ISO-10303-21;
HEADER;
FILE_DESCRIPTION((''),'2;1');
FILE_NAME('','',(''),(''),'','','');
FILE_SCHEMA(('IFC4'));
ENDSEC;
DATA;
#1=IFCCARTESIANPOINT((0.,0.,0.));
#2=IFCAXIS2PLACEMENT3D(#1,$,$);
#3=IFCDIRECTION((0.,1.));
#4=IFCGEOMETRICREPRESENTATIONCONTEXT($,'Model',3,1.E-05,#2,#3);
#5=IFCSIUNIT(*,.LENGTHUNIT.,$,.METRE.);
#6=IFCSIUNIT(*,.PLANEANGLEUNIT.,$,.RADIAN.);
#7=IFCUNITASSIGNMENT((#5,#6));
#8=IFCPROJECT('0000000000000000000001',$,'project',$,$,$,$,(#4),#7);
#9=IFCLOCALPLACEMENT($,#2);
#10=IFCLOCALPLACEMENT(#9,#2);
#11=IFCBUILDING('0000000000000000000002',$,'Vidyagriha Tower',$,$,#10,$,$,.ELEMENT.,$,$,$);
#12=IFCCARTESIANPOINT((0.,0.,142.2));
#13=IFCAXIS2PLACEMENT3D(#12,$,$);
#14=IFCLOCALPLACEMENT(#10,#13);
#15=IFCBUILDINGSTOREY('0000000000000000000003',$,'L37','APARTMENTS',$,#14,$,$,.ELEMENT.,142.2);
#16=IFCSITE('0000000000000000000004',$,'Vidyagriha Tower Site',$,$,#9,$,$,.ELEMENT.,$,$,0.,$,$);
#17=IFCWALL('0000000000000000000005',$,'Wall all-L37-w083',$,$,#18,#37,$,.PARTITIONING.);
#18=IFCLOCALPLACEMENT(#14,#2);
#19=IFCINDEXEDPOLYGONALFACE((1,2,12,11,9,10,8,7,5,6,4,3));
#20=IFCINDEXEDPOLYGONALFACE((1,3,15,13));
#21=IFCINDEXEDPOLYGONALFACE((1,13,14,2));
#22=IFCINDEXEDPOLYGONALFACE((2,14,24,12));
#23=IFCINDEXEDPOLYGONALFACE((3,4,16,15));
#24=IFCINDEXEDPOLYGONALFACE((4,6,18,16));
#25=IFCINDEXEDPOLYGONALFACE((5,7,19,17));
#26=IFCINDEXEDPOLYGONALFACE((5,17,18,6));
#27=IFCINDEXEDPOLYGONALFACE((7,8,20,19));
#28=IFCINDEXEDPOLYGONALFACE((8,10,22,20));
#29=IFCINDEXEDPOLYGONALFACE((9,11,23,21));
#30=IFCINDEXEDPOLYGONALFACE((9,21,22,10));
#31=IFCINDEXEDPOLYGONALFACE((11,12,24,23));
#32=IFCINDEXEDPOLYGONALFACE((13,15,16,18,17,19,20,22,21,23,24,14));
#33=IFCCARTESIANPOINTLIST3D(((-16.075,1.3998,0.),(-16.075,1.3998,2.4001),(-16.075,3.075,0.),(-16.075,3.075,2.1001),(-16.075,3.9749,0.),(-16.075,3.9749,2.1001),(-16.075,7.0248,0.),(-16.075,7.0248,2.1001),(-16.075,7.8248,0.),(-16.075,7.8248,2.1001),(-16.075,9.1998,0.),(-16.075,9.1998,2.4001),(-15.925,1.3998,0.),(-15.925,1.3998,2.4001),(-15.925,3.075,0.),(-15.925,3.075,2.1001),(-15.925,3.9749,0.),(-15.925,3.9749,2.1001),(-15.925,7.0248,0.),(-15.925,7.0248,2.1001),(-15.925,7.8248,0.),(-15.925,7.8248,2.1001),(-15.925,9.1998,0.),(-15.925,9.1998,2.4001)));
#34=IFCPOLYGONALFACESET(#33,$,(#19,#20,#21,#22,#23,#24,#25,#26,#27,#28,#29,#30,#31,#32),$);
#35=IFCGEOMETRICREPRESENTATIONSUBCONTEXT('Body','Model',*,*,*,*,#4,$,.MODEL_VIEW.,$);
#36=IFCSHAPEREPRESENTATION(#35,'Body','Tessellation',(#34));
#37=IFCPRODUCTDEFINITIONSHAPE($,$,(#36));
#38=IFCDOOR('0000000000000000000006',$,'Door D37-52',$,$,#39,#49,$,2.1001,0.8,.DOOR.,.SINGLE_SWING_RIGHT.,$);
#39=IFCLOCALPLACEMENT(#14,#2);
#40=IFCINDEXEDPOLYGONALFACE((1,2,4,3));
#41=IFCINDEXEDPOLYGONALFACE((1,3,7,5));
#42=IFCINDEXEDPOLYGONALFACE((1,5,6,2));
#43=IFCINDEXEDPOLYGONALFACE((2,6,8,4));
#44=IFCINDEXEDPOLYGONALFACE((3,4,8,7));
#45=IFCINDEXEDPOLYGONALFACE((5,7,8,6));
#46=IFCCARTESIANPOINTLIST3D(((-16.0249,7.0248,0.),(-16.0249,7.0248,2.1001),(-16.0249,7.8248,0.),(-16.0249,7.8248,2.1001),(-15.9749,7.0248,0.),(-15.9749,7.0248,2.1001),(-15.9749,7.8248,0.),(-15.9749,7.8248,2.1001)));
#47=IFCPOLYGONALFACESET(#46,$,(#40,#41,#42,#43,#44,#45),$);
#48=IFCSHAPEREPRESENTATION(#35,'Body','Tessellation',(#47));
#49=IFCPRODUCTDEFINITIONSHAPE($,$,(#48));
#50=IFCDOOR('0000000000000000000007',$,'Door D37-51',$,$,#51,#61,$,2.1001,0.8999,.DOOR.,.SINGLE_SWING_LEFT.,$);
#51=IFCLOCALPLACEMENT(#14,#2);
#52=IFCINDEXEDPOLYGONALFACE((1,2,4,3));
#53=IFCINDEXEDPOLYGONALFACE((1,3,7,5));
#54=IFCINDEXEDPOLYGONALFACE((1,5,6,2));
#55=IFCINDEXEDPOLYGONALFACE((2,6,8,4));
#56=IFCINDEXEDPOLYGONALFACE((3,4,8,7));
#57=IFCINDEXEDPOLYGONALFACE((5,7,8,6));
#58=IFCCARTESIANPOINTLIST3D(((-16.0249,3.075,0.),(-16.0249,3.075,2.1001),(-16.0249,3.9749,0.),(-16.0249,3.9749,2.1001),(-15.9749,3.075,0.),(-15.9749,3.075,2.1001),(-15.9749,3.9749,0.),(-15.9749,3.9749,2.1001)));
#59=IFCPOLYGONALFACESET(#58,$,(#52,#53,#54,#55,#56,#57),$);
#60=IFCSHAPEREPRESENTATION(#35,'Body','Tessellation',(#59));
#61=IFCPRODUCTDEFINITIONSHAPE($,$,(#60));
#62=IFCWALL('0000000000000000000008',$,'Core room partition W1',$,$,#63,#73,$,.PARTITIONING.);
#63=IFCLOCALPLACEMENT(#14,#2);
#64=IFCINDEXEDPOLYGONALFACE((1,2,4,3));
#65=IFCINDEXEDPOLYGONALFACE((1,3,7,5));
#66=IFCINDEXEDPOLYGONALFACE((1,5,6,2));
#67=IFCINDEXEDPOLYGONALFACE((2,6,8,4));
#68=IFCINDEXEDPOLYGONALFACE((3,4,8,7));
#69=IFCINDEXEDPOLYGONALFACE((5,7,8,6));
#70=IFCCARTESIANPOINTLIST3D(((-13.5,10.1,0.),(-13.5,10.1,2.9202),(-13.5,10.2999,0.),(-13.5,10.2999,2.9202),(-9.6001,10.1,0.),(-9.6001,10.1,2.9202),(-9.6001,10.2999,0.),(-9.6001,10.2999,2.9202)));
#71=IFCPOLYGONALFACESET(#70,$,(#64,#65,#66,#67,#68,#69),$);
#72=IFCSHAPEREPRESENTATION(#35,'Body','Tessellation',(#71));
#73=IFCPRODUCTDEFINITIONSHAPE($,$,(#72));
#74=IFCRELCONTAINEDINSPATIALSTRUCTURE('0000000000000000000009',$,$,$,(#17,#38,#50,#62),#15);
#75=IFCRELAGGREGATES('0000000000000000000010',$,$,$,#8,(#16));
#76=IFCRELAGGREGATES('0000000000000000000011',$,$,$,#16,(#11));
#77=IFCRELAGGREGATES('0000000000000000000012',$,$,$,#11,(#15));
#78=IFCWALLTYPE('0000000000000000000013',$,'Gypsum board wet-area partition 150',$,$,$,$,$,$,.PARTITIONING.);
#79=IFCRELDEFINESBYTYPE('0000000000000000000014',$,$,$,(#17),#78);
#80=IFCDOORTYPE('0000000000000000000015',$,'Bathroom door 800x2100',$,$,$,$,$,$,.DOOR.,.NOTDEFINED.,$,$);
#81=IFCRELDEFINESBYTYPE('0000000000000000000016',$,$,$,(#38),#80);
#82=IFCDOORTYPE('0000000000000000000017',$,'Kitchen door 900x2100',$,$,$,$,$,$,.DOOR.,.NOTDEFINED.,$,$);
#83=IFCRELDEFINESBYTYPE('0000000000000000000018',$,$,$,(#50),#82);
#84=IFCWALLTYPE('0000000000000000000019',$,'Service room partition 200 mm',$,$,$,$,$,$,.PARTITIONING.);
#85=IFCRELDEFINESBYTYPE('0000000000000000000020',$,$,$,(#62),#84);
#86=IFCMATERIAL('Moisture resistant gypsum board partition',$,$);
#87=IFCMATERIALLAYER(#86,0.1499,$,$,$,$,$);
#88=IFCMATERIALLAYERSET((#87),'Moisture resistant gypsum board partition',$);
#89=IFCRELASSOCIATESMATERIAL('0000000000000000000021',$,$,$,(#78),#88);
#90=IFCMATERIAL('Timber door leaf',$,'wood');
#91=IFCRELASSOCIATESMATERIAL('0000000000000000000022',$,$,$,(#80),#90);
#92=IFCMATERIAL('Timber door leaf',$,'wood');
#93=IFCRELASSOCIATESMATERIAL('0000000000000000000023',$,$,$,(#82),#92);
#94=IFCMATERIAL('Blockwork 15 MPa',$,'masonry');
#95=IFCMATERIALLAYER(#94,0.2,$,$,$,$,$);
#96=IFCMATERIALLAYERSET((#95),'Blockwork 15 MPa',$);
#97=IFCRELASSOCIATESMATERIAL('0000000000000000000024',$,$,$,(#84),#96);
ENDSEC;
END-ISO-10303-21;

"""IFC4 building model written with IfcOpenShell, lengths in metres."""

from ifc_helpers import new_model, si_unit, direction, frame, frame_2d, origin, place, context, subcontext, project, spatial, rectangle, extrude, material, layer, layer_set, type_object, element, fill, save


model = new_model("IFC4")

# Units and contexts
model_context = context("Model", 3, precision=1e-05, world=origin(), true_north=direction((0.0, 1.0)))
body_context = subcontext(model_context, "Body", "Model", "MODEL_VIEW")
ifc_project = project(units=[si_unit("LENGTHUNIT", "METRE"), si_unit("PLANEANGLEUNIT", "RADIAN")], contexts=[model_context])

# Site, building, storey
site_placement = place(None, origin())
site = spatial("IfcSite", under=ifc_project, at=site_placement, Name="Vidyagriha Tower Site", CompositionType="ELEMENT", RefElevation=0.0)
building_placement = place(site_placement, origin())
building = spatial("IfcBuilding", under=site, at=building_placement, Name="Vidyagriha Tower", CompositionType="ELEMENT")
storey_placement = place(building_placement, frame((0.0, 0.0, 142.2)))
storey = spatial("IfcBuildingStorey", under=building, at=storey_placement, Name="L37", Description="APARTMENTS", CompositionType="ELEMENT", Elevation=142.2)

# Wall, openings, doors
ifc_material_1 = material(Name="Moisture resistant gypsum board partition")
ifc_layer_1 = layer(ifc_material_1, 0.1499)
ifc_layer_set_1 = layer_set([ifc_layer_1], Name="Moisture resistant gypsum board partition")
wall_type_1 = type_object("IfcWallType", Name="Gypsum board wet-area partition 150", PredefinedType="PARTITIONING", material=ifc_layer_set_1)
wall_1_placement = place(storey_placement, frame((-16.0, 1.3999, 0.0), z_axis=(0.0, 0.0, 1.0), x_axis=(0.0, 1.0, 0.0)))
wall_1 = element("IfcWall", 1, at=wall_1_placement, inside=storey, type_object=wall_type_1, Name="Wall all-L37-w083", PredefinedType="PARTITIONING", context=body_context, shape_type="SweptSolid", body=[
    extrude(rectangle(XDim=7.8, YDim=0.1499, at=frame_2d((3.8999, 0.0))), origin(), (0.0, 0.0, 1.0), 2.4001),
])
opening_1_placement = place(wall_1_placement, frame((1.675, 0.0, 0.0)))
opening_1 = element("IfcOpeningElement", 2, at=opening_1_placement, cuts=wall_1, PredefinedType="OPENING", context=body_context, shape_type="SweptSolid", body=[
    extrude(rectangle(XDim=0.8999, YDim=2.1001, at=frame_2d((0.45, 1.05))), frame((0.0, 0.085, 0.0), z_axis=(0.0, -1.0, 0.0), x_axis=(1.0, 0.0, 0.0)), (0.0, 0.0, 1.0), 0.1699),
])
opening_2_placement = place(wall_1_placement, frame((5.625, 0.0, 0.0)))
opening_2 = element("IfcOpeningElement", 3, at=opening_2_placement, cuts=wall_1, PredefinedType="OPENING", context=body_context, shape_type="SweptSolid", body=[
    extrude(rectangle(XDim=0.8, YDim=2.1001, at=frame_2d((0.3999, 1.05))), frame((0.0, 0.085, 0.0), z_axis=(0.0, -1.0, 0.0), x_axis=(1.0, 0.0, 0.0)), (0.0, 0.0, 1.0), 0.1699),
])
ifc_material_2 = material(Name="Timber door leaf", Category="wood")
door_type_1 = type_object("IfcDoorType", Name="Bathroom door 800x2100", OperationType="NOTDEFINED", PredefinedType="DOOR", material=ifc_material_2)
door_1_placement = place(opening_2_placement, origin())
door_1 = element("IfcDoor", 4, at=door_1_placement, inside=storey, type_object=door_type_1, Name="Door D37-52", OperationType="SINGLE_SWING_RIGHT", OverallHeight=2.1001, OverallWidth=0.8, PredefinedType="DOOR", context=body_context, shape_type="SweptSolid", body=[
    extrude(rectangle(XDim=0.8, YDim=2.1001, at=frame_2d((0.3999, 1.05))), frame((0.0, 0.0249, 0.0), z_axis=(0.0, -1.0, 0.0), x_axis=(1.0, 0.0, 0.0)), (0.0, 0.0, 1.0), 0.05),
])
fill(opening_2, door_1)
ifc_material_3 = material(Name="Timber door leaf", Category="wood")
door_type_2 = type_object("IfcDoorType", Name="Kitchen door 900x2100", OperationType="NOTDEFINED", PredefinedType="DOOR", material=ifc_material_3)
door_2_placement = place(opening_1_placement, origin())
door_2 = element("IfcDoor", 5, at=door_2_placement, inside=storey, type_object=door_type_2, Name="Door D37-51", OperationType="SINGLE_SWING_LEFT", OverallHeight=2.1001, OverallWidth=0.8999, PredefinedType="DOOR", context=body_context, shape_type="SweptSolid", body=[
    extrude(rectangle(XDim=0.8999, YDim=2.1001, at=frame_2d((0.45, 1.05))), frame((0.0, 0.0249, 0.0), z_axis=(0.0, -1.0, 0.0), x_axis=(1.0, 0.0, 0.0)), (0.0, 0.0, 1.0), 0.05),
])
fill(opening_1, door_2)

# Wall
ifc_material_4 = material(Name="Blockwork 15 MPa", Category="masonry")
ifc_layer_2 = layer(ifc_material_4, 0.2)
ifc_layer_set_2 = layer_set([ifc_layer_2], Name="Blockwork 15 MPa")
wall_type_2 = type_object("IfcWallType", Name="Service room partition 200 mm", PredefinedType="PARTITIONING", material=ifc_layer_set_2)
wall_2_placement = place(storey_placement, frame((-13.5, 10.2, 0.0)))
element("IfcWall", 6, at=wall_2_placement, inside=storey, type_object=wall_type_2, Name="Core room partition W1", PredefinedType="PARTITIONING", context=body_context, shape_type="SweptSolid", body=[
    extrude(rectangle(XDim=3.8999, YDim=0.2, at=frame_2d((1.95, 0.0))), origin(), (0.0, 0.0, 1.0), 2.9202),
])

save(model, "model.ifc")
